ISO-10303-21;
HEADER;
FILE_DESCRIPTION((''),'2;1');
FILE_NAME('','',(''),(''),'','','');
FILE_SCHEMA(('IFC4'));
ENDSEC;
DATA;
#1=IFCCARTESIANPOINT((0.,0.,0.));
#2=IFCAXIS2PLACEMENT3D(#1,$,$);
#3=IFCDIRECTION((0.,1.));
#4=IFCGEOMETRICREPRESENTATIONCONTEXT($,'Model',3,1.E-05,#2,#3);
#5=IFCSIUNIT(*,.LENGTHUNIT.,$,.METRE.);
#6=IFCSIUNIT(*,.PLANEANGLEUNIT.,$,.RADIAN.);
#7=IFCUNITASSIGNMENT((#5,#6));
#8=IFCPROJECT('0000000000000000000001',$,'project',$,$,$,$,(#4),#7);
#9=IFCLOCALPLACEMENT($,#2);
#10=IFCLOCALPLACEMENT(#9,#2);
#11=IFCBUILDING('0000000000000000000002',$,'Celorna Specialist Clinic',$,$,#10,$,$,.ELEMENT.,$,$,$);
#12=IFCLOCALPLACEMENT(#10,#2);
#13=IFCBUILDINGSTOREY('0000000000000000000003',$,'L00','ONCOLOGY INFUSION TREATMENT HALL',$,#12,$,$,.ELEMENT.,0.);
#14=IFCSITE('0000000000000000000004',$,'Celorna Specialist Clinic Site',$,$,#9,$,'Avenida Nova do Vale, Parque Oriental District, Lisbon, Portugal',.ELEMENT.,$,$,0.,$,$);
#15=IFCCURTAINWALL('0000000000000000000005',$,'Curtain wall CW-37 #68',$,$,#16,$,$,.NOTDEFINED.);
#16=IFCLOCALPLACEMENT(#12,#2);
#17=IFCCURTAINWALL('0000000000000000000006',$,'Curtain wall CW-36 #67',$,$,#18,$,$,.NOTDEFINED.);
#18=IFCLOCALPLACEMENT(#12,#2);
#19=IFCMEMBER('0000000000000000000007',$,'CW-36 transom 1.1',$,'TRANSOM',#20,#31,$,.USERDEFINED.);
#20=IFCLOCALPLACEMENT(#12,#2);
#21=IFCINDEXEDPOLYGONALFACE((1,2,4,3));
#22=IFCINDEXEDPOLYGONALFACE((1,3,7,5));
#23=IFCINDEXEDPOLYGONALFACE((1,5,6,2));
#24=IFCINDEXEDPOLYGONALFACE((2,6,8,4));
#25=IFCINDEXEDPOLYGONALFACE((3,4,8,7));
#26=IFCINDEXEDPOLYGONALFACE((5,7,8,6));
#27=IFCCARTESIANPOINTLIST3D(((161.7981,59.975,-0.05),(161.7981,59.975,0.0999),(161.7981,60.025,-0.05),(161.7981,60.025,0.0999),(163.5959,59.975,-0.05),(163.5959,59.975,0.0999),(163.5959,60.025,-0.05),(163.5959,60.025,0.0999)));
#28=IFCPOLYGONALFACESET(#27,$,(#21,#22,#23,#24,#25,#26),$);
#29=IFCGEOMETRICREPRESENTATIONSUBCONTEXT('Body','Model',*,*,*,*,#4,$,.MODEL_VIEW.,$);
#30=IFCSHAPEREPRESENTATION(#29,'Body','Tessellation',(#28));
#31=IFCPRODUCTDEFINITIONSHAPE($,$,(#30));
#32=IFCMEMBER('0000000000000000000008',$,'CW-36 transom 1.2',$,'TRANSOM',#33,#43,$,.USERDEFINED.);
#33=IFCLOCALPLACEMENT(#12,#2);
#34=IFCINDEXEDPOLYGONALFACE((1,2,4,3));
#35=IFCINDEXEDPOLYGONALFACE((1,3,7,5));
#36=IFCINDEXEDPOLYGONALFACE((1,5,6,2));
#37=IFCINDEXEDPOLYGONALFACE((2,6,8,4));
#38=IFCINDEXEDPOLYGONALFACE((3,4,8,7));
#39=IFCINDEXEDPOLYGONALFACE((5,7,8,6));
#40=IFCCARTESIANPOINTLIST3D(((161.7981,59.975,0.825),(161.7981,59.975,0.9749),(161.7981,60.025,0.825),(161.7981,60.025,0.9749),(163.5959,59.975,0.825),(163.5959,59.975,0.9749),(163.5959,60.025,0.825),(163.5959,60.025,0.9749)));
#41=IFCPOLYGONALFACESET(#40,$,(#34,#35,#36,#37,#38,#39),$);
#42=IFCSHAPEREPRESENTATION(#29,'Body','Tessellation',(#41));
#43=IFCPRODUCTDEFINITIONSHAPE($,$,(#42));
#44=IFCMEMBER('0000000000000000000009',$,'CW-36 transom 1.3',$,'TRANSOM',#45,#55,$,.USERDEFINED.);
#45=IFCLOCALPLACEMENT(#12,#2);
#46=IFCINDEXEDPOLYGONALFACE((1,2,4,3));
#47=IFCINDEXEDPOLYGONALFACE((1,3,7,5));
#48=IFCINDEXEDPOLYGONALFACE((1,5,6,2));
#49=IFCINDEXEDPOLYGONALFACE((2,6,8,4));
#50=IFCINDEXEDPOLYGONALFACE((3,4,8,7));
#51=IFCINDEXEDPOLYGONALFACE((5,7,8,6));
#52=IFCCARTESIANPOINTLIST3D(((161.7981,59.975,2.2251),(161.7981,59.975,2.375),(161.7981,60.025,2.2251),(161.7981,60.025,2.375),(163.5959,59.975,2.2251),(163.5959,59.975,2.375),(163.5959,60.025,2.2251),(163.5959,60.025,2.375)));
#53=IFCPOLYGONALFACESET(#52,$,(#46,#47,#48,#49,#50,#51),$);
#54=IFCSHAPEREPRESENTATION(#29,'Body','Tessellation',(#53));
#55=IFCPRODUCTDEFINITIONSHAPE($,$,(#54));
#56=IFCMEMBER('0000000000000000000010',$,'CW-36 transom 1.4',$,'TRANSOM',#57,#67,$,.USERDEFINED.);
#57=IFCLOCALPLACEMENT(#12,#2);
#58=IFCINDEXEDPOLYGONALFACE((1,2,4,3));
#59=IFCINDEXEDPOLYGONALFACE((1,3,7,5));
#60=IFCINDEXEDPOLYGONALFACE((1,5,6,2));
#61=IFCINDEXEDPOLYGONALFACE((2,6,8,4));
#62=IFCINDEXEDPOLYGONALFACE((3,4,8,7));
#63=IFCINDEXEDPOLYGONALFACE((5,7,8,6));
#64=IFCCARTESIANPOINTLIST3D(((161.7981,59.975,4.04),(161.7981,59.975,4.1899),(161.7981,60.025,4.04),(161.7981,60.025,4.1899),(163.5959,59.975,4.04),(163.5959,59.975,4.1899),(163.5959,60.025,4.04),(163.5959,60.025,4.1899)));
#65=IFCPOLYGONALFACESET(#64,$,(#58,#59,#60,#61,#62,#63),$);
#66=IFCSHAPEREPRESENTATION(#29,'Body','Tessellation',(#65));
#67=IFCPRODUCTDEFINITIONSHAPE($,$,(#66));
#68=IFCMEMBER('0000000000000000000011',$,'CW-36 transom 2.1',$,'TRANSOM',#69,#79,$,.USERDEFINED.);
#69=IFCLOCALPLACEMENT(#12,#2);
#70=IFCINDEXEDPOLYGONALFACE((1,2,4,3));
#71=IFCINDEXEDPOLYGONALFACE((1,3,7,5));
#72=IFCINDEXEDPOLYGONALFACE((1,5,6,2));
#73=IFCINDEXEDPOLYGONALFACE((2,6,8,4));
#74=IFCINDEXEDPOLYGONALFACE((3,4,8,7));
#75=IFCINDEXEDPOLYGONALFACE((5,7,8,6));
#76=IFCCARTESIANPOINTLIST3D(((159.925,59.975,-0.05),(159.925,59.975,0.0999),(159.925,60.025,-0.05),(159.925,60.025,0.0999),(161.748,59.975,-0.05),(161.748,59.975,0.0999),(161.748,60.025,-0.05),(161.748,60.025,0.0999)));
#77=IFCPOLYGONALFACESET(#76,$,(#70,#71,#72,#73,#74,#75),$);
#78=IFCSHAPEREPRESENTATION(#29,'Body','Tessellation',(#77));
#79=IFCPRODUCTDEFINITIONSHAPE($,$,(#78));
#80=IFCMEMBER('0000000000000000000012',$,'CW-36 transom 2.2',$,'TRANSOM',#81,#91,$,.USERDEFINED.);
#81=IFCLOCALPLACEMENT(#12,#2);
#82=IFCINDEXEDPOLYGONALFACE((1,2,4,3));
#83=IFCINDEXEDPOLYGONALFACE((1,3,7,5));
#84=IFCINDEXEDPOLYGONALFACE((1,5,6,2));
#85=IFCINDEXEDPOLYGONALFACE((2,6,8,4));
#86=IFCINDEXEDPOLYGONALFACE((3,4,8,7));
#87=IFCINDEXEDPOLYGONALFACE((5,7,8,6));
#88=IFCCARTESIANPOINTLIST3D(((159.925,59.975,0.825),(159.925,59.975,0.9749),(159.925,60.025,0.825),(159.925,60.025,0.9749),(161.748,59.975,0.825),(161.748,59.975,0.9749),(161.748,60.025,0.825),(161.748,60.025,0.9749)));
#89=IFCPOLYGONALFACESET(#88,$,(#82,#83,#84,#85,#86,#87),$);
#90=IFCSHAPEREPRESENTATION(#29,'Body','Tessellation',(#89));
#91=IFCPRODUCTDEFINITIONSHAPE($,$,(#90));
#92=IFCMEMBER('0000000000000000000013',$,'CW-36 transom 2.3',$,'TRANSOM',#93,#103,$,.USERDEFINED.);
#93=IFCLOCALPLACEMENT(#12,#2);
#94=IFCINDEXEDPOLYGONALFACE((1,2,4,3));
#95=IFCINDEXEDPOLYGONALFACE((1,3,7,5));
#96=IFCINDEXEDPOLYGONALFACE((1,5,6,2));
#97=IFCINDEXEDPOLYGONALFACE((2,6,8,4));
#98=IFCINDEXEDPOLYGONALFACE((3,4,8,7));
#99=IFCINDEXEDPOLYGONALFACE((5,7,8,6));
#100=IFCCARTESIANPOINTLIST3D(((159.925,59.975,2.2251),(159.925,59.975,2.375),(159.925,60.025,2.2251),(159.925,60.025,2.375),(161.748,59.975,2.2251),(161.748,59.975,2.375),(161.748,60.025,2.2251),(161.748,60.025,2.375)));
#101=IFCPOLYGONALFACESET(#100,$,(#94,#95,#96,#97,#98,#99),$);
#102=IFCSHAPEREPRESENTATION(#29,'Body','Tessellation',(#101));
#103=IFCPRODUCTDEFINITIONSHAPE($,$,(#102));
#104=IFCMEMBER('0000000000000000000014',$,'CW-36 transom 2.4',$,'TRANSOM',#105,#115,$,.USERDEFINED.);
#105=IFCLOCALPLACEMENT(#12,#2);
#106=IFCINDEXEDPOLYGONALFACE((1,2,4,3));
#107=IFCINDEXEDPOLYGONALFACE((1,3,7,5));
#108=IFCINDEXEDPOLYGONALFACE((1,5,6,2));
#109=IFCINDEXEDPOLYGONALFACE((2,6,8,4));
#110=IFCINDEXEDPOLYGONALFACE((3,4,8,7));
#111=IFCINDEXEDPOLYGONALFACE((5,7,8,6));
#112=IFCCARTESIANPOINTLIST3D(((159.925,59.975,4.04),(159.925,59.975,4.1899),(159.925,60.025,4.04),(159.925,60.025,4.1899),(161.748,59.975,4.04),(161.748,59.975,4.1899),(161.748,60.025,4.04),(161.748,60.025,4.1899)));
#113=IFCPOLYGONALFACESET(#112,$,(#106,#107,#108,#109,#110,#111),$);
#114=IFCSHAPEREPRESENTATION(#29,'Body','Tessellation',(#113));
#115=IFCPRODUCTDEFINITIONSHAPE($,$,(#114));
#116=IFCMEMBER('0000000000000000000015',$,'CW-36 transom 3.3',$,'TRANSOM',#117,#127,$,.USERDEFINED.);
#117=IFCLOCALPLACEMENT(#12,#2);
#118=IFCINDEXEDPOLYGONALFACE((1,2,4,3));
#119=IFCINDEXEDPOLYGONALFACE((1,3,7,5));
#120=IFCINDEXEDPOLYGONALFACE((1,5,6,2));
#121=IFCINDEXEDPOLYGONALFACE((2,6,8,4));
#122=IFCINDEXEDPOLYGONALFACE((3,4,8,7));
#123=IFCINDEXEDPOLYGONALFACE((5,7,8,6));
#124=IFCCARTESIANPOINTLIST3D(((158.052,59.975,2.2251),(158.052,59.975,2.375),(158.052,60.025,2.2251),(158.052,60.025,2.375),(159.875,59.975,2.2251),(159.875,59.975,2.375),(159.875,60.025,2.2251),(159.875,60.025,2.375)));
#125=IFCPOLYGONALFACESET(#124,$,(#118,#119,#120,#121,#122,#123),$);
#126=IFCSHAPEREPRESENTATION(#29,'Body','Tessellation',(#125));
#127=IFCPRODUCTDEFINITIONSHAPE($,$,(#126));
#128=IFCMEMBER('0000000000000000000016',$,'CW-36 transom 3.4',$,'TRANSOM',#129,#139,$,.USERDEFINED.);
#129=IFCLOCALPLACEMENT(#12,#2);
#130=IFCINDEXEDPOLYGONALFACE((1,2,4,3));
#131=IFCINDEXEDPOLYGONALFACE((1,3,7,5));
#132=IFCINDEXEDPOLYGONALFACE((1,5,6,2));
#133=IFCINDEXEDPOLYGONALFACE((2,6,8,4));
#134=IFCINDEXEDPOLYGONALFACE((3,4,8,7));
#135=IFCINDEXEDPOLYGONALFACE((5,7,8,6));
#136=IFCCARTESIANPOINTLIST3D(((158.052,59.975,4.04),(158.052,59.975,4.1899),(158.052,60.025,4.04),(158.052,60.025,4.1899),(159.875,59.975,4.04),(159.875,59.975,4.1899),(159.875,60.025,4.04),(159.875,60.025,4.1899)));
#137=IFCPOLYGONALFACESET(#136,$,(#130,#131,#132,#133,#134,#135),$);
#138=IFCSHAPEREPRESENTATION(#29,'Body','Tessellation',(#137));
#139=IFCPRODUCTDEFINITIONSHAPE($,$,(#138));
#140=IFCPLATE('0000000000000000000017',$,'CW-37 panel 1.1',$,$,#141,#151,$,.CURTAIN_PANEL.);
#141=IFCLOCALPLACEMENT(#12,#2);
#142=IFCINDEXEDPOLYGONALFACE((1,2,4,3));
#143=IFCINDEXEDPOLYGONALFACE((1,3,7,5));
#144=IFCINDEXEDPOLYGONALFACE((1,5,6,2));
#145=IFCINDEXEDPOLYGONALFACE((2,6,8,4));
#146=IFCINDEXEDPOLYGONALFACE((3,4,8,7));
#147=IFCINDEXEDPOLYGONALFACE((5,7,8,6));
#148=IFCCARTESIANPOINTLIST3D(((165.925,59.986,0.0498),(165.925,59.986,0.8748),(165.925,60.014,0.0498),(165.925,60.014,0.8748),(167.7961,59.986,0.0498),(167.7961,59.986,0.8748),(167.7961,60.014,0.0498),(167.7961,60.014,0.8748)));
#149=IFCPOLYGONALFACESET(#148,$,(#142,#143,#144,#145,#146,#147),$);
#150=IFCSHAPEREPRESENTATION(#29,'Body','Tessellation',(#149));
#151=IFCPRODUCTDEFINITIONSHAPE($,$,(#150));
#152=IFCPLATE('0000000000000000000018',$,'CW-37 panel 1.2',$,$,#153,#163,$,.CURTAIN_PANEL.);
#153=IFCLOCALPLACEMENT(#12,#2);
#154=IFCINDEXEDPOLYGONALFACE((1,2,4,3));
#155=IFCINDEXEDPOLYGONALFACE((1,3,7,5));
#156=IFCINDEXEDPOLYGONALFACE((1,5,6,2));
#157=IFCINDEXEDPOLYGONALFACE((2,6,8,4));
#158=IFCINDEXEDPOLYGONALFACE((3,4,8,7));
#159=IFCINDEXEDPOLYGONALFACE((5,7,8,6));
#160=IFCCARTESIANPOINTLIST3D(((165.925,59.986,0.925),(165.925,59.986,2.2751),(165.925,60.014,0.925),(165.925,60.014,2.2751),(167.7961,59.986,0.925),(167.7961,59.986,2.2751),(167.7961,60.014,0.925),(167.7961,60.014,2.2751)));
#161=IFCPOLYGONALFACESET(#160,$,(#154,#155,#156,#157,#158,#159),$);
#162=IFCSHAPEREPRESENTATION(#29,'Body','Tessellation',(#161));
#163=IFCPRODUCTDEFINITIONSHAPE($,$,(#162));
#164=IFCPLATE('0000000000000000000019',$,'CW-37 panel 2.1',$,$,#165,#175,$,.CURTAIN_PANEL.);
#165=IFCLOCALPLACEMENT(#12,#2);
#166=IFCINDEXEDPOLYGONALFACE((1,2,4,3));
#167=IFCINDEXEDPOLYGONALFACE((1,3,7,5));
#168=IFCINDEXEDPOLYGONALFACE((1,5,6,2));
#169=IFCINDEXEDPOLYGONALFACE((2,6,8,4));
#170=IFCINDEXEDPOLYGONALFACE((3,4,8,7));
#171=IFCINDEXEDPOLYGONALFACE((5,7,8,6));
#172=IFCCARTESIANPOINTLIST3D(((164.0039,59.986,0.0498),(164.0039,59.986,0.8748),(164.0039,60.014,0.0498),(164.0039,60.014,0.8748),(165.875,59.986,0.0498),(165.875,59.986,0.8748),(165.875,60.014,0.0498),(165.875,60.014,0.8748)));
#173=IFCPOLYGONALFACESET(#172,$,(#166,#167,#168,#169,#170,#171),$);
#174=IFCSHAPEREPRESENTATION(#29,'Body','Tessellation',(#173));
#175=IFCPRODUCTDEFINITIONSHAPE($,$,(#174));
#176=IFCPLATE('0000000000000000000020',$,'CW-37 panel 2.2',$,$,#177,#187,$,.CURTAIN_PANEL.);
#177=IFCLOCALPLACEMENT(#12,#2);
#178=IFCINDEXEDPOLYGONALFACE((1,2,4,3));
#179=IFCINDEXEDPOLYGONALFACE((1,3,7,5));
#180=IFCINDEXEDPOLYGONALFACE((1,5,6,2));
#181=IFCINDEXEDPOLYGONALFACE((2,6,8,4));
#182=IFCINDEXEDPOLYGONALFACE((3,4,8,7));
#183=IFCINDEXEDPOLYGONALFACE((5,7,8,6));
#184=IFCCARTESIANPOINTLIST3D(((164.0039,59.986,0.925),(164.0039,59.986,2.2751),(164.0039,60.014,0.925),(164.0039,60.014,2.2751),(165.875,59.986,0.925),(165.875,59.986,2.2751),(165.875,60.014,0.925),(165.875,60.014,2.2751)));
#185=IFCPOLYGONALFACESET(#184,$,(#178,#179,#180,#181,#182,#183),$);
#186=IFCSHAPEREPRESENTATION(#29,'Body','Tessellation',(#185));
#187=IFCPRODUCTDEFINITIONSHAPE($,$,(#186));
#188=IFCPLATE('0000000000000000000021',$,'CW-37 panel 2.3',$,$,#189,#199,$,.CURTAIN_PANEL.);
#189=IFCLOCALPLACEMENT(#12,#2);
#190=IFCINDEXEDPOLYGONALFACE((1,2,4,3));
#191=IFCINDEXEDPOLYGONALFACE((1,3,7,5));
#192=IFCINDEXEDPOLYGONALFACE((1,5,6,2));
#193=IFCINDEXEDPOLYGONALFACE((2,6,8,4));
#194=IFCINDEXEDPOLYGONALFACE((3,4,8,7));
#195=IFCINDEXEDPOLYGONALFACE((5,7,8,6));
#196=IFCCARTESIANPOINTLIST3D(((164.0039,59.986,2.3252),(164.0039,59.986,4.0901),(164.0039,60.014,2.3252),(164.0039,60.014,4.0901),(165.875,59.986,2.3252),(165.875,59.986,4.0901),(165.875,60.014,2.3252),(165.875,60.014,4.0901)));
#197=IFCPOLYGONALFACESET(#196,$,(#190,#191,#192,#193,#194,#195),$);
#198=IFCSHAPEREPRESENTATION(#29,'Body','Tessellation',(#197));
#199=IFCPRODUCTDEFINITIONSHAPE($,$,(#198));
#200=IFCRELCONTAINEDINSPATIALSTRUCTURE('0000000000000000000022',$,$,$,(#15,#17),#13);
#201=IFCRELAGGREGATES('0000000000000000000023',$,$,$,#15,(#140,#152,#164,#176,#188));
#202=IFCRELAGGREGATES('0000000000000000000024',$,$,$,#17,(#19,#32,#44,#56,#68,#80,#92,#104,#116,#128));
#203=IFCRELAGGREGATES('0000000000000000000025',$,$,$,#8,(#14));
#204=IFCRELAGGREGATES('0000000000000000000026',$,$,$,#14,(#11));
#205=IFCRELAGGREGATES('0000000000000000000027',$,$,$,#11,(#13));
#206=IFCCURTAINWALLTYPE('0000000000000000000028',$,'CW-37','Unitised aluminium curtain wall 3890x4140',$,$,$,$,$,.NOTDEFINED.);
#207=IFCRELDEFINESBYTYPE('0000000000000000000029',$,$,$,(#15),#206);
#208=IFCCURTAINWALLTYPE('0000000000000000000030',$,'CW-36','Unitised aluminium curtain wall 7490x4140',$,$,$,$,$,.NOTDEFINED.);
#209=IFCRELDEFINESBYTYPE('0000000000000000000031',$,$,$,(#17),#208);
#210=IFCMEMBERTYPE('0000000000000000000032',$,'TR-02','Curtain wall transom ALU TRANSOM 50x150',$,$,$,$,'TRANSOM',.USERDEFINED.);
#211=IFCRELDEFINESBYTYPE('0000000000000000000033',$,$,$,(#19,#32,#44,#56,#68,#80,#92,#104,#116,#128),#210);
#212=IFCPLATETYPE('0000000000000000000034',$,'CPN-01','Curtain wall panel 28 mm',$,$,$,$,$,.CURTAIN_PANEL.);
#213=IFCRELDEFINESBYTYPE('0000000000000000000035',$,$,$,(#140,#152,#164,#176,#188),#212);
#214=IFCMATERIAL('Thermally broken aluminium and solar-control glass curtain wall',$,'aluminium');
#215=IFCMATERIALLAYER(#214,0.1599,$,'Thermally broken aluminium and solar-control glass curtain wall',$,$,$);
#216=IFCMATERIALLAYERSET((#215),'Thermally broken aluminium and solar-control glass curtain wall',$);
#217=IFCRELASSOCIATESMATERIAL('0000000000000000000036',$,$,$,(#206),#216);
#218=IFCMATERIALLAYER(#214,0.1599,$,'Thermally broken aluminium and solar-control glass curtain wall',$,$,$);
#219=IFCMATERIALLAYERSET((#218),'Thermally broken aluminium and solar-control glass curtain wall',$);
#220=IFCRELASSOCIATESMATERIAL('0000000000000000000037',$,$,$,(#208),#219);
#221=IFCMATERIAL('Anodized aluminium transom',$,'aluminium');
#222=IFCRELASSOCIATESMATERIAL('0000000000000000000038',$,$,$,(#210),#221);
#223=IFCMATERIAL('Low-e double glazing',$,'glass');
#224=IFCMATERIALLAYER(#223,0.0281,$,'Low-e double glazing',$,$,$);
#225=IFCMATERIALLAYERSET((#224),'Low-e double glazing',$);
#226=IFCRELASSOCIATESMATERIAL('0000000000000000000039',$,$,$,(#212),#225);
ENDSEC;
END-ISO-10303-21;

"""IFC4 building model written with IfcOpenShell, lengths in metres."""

from ifc_helpers import new_model, si_unit, direction, frame, origin, origin_2d, place, context, subcontext, project, spatial, rectangle, extrude, material, layer, layer_set, material_profile, profile_set, type_object, element, aggregate, save


model = new_model("IFC4")

# Units and contexts
model_context = context("Model", 3, precision=1e-05, world=origin(), true_north=direction((0.0, 1.0)))
body_context = subcontext(model_context, "Body", "Model", "MODEL_VIEW")
ifc_project = project(units=[si_unit("LENGTHUNIT", "METRE"), si_unit("PLANEANGLEUNIT", "RADIAN")], contexts=[model_context])

# Site, building, storey
site_placement = place(None, origin())
site = spatial("IfcSite", under=ifc_project, at=site_placement, Name="Celorna Specialist Clinic Site", LongName="Avenida Nova do Vale, Parque Oriental District, Lisbon, Portugal", CompositionType="ELEMENT", RefElevation=0.0)
building_placement = place(site_placement, origin())
building = spatial("IfcBuilding", under=site, at=building_placement, Name="Celorna Specialist Clinic", CompositionType="ELEMENT")
storey_placement = place(building_placement, origin())
storey = spatial("IfcBuildingStorey", under=building, at=storey_placement, Name="L00", Description="ONCOLOGY INFUSION TREATMENT HALL", CompositionType="ELEMENT", Elevation=0.0)

# Curtain walls
ifc_material_1 = material(Name="Thermally broken aluminium and solar-control glass curtain wall", Category="aluminium")
ifc_layer_1 = layer(ifc_material_1, 0.1599, Name="Thermally broken aluminium and solar-control glass curtain wall")
ifc_layer_set_1 = layer_set([ifc_layer_1], Name="Thermally broken aluminium and solar-control glass curtain wall")
curtain_wall_type_1 = type_object("IfcCurtainWallType", Name="CW-37", Description="Unitised aluminium curtain wall 3890x4140", PredefinedType="NOTDEFINED", material=ifc_layer_set_1)
curtain_wall_1_placement = place(storey_placement, origin())
curtain_wall_1 = element("IfcCurtainWall", 1, at=curtain_wall_1_placement, inside=storey, type_object=curtain_wall_type_1, Name="Curtain wall CW-37 #68", PredefinedType="NOTDEFINED")
ifc_layer_2 = layer(ifc_material_1, 0.1599, Name="Thermally broken aluminium and solar-control glass curtain wall")
ifc_layer_set_2 = layer_set([ifc_layer_2], Name="Thermally broken aluminium and solar-control glass curtain wall")
curtain_wall_type_2 = type_object("IfcCurtainWallType", Name="CW-36", Description="Unitised aluminium curtain wall 7490x4140", PredefinedType="NOTDEFINED", material=ifc_layer_set_2)
curtain_wall_2_placement = place(storey_placement, origin())
curtain_wall_2 = element("IfcCurtainWall", 2, at=curtain_wall_2_placement, inside=storey, type_object=curtain_wall_type_2, Name="Curtain wall CW-36 #67", PredefinedType="NOTDEFINED")

# Members
ifc_material_2 = material(Name="Anodized aluminium transom", Category="aluminium")
ifc_material_profile_1 = material_profile(ifc_material_2, rectangle(XDim=0.05, YDim=0.1499, at=origin_2d()), Name="ALU TRANSOM 50x150")
ifc_profile_set_1 = profile_set([ifc_material_profile_1], Name="Anodized aluminium transom")
member_type_1 = type_object("IfcMemberType", Name="TR-02", Description="Curtain wall transom ALU TRANSOM 50x150", ElementType="TRANSOM", PredefinedType="USERDEFINED", material=ifc_profile_set_1)
member_1_placement = place(storey_placement, frame((163.5959, 60.0, 0.0249), z_axis=(-1.0, 0.0, 0.0), x_axis=(0.0, -1.0, 0.0)))
member_1 = element("IfcMember", 3, at=member_1_placement, type_object=member_type_1, Name="CW-36 transom 1.1", ObjectType="TRANSOM", PredefinedType="USERDEFINED", context=body_context, shape_type="SweptSolid", body=[
    extrude(rectangle(XDim=0.05, YDim=0.1499, at=origin_2d()), origin(), (0.0, 0.0, 1.0), 1.7979),
])
member_2_placement = place(storey_placement, frame((163.5959, 60.0, 0.8999), z_axis=(-1.0, 0.0, 0.0), x_axis=(0.0, -1.0, 0.0)))
member_2 = element("IfcMember", 4, at=member_2_placement, type_object=member_type_1, Name="CW-36 transom 1.2", ObjectType="TRANSOM", PredefinedType="USERDEFINED", context=body_context, shape_type="SweptSolid", body=[
    extrude(rectangle(XDim=0.05, YDim=0.1499, at=origin_2d()), origin(), (0.0, 0.0, 1.0), 1.7979),
])
member_3_placement = place(storey_placement, frame((163.5959, 60.0, 2.3), z_axis=(-1.0, 0.0, 0.0), x_axis=(0.0, -1.0, 0.0)))
member_3 = element("IfcMember", 5, at=member_3_placement, type_object=member_type_1, Name="CW-36 transom 1.3", ObjectType="TRANSOM", PredefinedType="USERDEFINED", context=body_context, shape_type="SweptSolid", body=[
    extrude(rectangle(XDim=0.05, YDim=0.1499, at=origin_2d()), origin(), (0.0, 0.0, 1.0), 1.7979),
])
member_4_placement = place(storey_placement, frame((163.5959, 60.0, 4.115), z_axis=(-1.0, 0.0, 0.0), x_axis=(0.0, -1.0, 0.0)))
member_4 = element("IfcMember", 6, at=member_4_placement, type_object=member_type_1, Name="CW-36 transom 1.4", ObjectType="TRANSOM", PredefinedType="USERDEFINED", context=body_context, shape_type="SweptSolid", body=[
    extrude(rectangle(XDim=0.05, YDim=0.1499, at=origin_2d()), origin(), (0.0, 0.0, 1.0), 1.7979),
])
member_5_placement = place(storey_placement, frame((161.748, 60.0, 0.0249), z_axis=(-1.0, 0.0, 0.0), x_axis=(0.0, -1.0, 0.0)))
member_5 = element("IfcMember", 7, at=member_5_placement, type_object=member_type_1, Name="CW-36 transom 2.1", ObjectType="TRANSOM", PredefinedType="USERDEFINED", context=body_context, shape_type="SweptSolid", body=[
    extrude(rectangle(XDim=0.05, YDim=0.1499, at=origin_2d()), origin(), (0.0, 0.0, 1.0), 1.823),
])
member_6_placement = place(storey_placement, frame((161.748, 60.0, 0.8999), z_axis=(-1.0, 0.0, 0.0), x_axis=(0.0, -1.0, 0.0)))
member_6 = element("IfcMember", 8, at=member_6_placement, type_object=member_type_1, Name="CW-36 transom 2.2", ObjectType="TRANSOM", PredefinedType="USERDEFINED", context=body_context, shape_type="SweptSolid", body=[
    extrude(rectangle(XDim=0.05, YDim=0.1499, at=origin_2d()), origin(), (0.0, 0.0, 1.0), 1.823),
])
member_7_placement = place(storey_placement, frame((161.748, 60.0, 2.3), z_axis=(-1.0, 0.0, 0.0), x_axis=(0.0, -1.0, 0.0)))
member_7 = element("IfcMember", 9, at=member_7_placement, type_object=member_type_1, Name="CW-36 transom 2.3", ObjectType="TRANSOM", PredefinedType="USERDEFINED", context=body_context, shape_type="SweptSolid", body=[
    extrude(rectangle(XDim=0.05, YDim=0.1499, at=origin_2d()), origin(), (0.0, 0.0, 1.0), 1.823),
])
member_8_placement = place(storey_placement, frame((161.748, 60.0, 4.115), z_axis=(-1.0, 0.0, 0.0), x_axis=(0.0, -1.0, 0.0)))
member_8 = element("IfcMember", 10, at=member_8_placement, type_object=member_type_1, Name="CW-36 transom 2.4", ObjectType="TRANSOM", PredefinedType="USERDEFINED", context=body_context, shape_type="SweptSolid", body=[
    extrude(rectangle(XDim=0.05, YDim=0.1499, at=origin_2d()), origin(), (0.0, 0.0, 1.0), 1.823),
])
member_9_placement = place(storey_placement, frame((159.875, 60.0, 2.3), z_axis=(-1.0, 0.0, 0.0), x_axis=(0.0, -1.0, 0.0)))
member_9 = element("IfcMember", 11, at=member_9_placement, type_object=member_type_1, Name="CW-36 transom 3.3", ObjectType="TRANSOM", PredefinedType="USERDEFINED", context=body_context, shape_type="SweptSolid", body=[
    extrude(rectangle(XDim=0.05, YDim=0.1499, at=origin_2d()), origin(), (0.0, 0.0, 1.0), 1.823),
])
member_10_placement = place(storey_placement, frame((159.875, 60.0, 4.115), z_axis=(-1.0, 0.0, 0.0), x_axis=(0.0, -1.0, 0.0)))
member_10 = element("IfcMember", 12, at=member_10_placement, type_object=member_type_1, Name="CW-36 transom 3.4", ObjectType="TRANSOM", PredefinedType="USERDEFINED", context=body_context, shape_type="SweptSolid", body=[
    extrude(rectangle(XDim=0.05, YDim=0.1499, at=origin_2d()), origin(), (0.0, 0.0, 1.0), 1.823),
])

# Plates
ifc_material_3 = material(Name="Low-e double glazing", Category="glass")
ifc_layer_3 = layer(ifc_material_3, 0.0281, Name="Low-e double glazing")
ifc_layer_set_3 = layer_set([ifc_layer_3], Name="Low-e double glazing")
plate_type_1 = type_object("IfcPlateType", Name="CPN-01", Description="Curtain wall panel 28 mm", PredefinedType="CURTAIN_PANEL", material=ifc_layer_set_3)
plate_1_placement = place(storey_placement, frame((166.8606, 60.0, 0.0498), z_axis=(0.0, 0.0, 1.0), x_axis=(-1.0, 0.0, 0.0)))
plate_1 = element("IfcPlate", 13, at=plate_1_placement, type_object=plate_type_1, Name="CW-37 panel 1.1", PredefinedType="CURTAIN_PANEL", context=body_context, shape_type="SweptSolid", body=[
    extrude(rectangle(XDim=1.8711, YDim=0.0281, at=origin_2d()), origin(), (0.0, 0.0, 1.0), 0.825),
])
plate_2_placement = place(storey_placement, frame((166.8606, 60.0, 0.925), z_axis=(0.0, 0.0, 1.0), x_axis=(-1.0, 0.0, 0.0)))
plate_2 = element("IfcPlate", 14, at=plate_2_placement, type_object=plate_type_1, Name="CW-37 panel 1.2", PredefinedType="CURTAIN_PANEL", context=body_context, shape_type="SweptSolid", body=[
    extrude(rectangle(XDim=1.8711, YDim=0.0281, at=origin_2d()), origin(), (0.0, 0.0, 1.0), 1.3501),
])
plate_3_placement = place(storey_placement, frame((164.9395, 60.0, 0.0498), z_axis=(0.0, 0.0, 1.0), x_axis=(-1.0, 0.0, 0.0)))
plate_3 = element("IfcPlate", 15, at=plate_3_placement, type_object=plate_type_1, Name="CW-37 panel 2.1", PredefinedType="CURTAIN_PANEL", context=body_context, shape_type="SweptSolid", body=[
    extrude(rectangle(XDim=1.8711, YDim=0.0281, at=origin_2d()), origin(), (0.0, 0.0, 1.0), 0.825),
])
plate_4_placement = place(storey_placement, frame((164.9395, 60.0, 0.925), z_axis=(0.0, 0.0, 1.0), x_axis=(-1.0, 0.0, 0.0)))
plate_4 = element("IfcPlate", 16, at=plate_4_placement, type_object=plate_type_1, Name="CW-37 panel 2.2", PredefinedType="CURTAIN_PANEL", context=body_context, shape_type="SweptSolid", body=[
    extrude(rectangle(XDim=1.8711, YDim=0.0281, at=origin_2d()), origin(), (0.0, 0.0, 1.0), 1.3501),
])
plate_5_placement = place(storey_placement, frame((164.9395, 60.0, 2.3252), z_axis=(0.0, 0.0, 1.0), x_axis=(-1.0, 0.0, 0.0)))
plate_5 = element("IfcPlate", 17, at=plate_5_placement, type_object=plate_type_1, Name="CW-37 panel 2.3", PredefinedType="CURTAIN_PANEL", context=body_context, shape_type="SweptSolid", body=[
    extrude(rectangle(XDim=1.8711, YDim=0.0281, at=origin_2d()), origin(), (0.0, 0.0, 1.0), 1.7649),
])
aggregate(curtain_wall_1, [plate_1, plate_2, plate_3, plate_4, plate_5])
aggregate(curtain_wall_2, [member_1, member_2, member_3, member_4, member_5, member_6, member_7, member_8, member_9, member_10])

save(model, "model.ifc")
